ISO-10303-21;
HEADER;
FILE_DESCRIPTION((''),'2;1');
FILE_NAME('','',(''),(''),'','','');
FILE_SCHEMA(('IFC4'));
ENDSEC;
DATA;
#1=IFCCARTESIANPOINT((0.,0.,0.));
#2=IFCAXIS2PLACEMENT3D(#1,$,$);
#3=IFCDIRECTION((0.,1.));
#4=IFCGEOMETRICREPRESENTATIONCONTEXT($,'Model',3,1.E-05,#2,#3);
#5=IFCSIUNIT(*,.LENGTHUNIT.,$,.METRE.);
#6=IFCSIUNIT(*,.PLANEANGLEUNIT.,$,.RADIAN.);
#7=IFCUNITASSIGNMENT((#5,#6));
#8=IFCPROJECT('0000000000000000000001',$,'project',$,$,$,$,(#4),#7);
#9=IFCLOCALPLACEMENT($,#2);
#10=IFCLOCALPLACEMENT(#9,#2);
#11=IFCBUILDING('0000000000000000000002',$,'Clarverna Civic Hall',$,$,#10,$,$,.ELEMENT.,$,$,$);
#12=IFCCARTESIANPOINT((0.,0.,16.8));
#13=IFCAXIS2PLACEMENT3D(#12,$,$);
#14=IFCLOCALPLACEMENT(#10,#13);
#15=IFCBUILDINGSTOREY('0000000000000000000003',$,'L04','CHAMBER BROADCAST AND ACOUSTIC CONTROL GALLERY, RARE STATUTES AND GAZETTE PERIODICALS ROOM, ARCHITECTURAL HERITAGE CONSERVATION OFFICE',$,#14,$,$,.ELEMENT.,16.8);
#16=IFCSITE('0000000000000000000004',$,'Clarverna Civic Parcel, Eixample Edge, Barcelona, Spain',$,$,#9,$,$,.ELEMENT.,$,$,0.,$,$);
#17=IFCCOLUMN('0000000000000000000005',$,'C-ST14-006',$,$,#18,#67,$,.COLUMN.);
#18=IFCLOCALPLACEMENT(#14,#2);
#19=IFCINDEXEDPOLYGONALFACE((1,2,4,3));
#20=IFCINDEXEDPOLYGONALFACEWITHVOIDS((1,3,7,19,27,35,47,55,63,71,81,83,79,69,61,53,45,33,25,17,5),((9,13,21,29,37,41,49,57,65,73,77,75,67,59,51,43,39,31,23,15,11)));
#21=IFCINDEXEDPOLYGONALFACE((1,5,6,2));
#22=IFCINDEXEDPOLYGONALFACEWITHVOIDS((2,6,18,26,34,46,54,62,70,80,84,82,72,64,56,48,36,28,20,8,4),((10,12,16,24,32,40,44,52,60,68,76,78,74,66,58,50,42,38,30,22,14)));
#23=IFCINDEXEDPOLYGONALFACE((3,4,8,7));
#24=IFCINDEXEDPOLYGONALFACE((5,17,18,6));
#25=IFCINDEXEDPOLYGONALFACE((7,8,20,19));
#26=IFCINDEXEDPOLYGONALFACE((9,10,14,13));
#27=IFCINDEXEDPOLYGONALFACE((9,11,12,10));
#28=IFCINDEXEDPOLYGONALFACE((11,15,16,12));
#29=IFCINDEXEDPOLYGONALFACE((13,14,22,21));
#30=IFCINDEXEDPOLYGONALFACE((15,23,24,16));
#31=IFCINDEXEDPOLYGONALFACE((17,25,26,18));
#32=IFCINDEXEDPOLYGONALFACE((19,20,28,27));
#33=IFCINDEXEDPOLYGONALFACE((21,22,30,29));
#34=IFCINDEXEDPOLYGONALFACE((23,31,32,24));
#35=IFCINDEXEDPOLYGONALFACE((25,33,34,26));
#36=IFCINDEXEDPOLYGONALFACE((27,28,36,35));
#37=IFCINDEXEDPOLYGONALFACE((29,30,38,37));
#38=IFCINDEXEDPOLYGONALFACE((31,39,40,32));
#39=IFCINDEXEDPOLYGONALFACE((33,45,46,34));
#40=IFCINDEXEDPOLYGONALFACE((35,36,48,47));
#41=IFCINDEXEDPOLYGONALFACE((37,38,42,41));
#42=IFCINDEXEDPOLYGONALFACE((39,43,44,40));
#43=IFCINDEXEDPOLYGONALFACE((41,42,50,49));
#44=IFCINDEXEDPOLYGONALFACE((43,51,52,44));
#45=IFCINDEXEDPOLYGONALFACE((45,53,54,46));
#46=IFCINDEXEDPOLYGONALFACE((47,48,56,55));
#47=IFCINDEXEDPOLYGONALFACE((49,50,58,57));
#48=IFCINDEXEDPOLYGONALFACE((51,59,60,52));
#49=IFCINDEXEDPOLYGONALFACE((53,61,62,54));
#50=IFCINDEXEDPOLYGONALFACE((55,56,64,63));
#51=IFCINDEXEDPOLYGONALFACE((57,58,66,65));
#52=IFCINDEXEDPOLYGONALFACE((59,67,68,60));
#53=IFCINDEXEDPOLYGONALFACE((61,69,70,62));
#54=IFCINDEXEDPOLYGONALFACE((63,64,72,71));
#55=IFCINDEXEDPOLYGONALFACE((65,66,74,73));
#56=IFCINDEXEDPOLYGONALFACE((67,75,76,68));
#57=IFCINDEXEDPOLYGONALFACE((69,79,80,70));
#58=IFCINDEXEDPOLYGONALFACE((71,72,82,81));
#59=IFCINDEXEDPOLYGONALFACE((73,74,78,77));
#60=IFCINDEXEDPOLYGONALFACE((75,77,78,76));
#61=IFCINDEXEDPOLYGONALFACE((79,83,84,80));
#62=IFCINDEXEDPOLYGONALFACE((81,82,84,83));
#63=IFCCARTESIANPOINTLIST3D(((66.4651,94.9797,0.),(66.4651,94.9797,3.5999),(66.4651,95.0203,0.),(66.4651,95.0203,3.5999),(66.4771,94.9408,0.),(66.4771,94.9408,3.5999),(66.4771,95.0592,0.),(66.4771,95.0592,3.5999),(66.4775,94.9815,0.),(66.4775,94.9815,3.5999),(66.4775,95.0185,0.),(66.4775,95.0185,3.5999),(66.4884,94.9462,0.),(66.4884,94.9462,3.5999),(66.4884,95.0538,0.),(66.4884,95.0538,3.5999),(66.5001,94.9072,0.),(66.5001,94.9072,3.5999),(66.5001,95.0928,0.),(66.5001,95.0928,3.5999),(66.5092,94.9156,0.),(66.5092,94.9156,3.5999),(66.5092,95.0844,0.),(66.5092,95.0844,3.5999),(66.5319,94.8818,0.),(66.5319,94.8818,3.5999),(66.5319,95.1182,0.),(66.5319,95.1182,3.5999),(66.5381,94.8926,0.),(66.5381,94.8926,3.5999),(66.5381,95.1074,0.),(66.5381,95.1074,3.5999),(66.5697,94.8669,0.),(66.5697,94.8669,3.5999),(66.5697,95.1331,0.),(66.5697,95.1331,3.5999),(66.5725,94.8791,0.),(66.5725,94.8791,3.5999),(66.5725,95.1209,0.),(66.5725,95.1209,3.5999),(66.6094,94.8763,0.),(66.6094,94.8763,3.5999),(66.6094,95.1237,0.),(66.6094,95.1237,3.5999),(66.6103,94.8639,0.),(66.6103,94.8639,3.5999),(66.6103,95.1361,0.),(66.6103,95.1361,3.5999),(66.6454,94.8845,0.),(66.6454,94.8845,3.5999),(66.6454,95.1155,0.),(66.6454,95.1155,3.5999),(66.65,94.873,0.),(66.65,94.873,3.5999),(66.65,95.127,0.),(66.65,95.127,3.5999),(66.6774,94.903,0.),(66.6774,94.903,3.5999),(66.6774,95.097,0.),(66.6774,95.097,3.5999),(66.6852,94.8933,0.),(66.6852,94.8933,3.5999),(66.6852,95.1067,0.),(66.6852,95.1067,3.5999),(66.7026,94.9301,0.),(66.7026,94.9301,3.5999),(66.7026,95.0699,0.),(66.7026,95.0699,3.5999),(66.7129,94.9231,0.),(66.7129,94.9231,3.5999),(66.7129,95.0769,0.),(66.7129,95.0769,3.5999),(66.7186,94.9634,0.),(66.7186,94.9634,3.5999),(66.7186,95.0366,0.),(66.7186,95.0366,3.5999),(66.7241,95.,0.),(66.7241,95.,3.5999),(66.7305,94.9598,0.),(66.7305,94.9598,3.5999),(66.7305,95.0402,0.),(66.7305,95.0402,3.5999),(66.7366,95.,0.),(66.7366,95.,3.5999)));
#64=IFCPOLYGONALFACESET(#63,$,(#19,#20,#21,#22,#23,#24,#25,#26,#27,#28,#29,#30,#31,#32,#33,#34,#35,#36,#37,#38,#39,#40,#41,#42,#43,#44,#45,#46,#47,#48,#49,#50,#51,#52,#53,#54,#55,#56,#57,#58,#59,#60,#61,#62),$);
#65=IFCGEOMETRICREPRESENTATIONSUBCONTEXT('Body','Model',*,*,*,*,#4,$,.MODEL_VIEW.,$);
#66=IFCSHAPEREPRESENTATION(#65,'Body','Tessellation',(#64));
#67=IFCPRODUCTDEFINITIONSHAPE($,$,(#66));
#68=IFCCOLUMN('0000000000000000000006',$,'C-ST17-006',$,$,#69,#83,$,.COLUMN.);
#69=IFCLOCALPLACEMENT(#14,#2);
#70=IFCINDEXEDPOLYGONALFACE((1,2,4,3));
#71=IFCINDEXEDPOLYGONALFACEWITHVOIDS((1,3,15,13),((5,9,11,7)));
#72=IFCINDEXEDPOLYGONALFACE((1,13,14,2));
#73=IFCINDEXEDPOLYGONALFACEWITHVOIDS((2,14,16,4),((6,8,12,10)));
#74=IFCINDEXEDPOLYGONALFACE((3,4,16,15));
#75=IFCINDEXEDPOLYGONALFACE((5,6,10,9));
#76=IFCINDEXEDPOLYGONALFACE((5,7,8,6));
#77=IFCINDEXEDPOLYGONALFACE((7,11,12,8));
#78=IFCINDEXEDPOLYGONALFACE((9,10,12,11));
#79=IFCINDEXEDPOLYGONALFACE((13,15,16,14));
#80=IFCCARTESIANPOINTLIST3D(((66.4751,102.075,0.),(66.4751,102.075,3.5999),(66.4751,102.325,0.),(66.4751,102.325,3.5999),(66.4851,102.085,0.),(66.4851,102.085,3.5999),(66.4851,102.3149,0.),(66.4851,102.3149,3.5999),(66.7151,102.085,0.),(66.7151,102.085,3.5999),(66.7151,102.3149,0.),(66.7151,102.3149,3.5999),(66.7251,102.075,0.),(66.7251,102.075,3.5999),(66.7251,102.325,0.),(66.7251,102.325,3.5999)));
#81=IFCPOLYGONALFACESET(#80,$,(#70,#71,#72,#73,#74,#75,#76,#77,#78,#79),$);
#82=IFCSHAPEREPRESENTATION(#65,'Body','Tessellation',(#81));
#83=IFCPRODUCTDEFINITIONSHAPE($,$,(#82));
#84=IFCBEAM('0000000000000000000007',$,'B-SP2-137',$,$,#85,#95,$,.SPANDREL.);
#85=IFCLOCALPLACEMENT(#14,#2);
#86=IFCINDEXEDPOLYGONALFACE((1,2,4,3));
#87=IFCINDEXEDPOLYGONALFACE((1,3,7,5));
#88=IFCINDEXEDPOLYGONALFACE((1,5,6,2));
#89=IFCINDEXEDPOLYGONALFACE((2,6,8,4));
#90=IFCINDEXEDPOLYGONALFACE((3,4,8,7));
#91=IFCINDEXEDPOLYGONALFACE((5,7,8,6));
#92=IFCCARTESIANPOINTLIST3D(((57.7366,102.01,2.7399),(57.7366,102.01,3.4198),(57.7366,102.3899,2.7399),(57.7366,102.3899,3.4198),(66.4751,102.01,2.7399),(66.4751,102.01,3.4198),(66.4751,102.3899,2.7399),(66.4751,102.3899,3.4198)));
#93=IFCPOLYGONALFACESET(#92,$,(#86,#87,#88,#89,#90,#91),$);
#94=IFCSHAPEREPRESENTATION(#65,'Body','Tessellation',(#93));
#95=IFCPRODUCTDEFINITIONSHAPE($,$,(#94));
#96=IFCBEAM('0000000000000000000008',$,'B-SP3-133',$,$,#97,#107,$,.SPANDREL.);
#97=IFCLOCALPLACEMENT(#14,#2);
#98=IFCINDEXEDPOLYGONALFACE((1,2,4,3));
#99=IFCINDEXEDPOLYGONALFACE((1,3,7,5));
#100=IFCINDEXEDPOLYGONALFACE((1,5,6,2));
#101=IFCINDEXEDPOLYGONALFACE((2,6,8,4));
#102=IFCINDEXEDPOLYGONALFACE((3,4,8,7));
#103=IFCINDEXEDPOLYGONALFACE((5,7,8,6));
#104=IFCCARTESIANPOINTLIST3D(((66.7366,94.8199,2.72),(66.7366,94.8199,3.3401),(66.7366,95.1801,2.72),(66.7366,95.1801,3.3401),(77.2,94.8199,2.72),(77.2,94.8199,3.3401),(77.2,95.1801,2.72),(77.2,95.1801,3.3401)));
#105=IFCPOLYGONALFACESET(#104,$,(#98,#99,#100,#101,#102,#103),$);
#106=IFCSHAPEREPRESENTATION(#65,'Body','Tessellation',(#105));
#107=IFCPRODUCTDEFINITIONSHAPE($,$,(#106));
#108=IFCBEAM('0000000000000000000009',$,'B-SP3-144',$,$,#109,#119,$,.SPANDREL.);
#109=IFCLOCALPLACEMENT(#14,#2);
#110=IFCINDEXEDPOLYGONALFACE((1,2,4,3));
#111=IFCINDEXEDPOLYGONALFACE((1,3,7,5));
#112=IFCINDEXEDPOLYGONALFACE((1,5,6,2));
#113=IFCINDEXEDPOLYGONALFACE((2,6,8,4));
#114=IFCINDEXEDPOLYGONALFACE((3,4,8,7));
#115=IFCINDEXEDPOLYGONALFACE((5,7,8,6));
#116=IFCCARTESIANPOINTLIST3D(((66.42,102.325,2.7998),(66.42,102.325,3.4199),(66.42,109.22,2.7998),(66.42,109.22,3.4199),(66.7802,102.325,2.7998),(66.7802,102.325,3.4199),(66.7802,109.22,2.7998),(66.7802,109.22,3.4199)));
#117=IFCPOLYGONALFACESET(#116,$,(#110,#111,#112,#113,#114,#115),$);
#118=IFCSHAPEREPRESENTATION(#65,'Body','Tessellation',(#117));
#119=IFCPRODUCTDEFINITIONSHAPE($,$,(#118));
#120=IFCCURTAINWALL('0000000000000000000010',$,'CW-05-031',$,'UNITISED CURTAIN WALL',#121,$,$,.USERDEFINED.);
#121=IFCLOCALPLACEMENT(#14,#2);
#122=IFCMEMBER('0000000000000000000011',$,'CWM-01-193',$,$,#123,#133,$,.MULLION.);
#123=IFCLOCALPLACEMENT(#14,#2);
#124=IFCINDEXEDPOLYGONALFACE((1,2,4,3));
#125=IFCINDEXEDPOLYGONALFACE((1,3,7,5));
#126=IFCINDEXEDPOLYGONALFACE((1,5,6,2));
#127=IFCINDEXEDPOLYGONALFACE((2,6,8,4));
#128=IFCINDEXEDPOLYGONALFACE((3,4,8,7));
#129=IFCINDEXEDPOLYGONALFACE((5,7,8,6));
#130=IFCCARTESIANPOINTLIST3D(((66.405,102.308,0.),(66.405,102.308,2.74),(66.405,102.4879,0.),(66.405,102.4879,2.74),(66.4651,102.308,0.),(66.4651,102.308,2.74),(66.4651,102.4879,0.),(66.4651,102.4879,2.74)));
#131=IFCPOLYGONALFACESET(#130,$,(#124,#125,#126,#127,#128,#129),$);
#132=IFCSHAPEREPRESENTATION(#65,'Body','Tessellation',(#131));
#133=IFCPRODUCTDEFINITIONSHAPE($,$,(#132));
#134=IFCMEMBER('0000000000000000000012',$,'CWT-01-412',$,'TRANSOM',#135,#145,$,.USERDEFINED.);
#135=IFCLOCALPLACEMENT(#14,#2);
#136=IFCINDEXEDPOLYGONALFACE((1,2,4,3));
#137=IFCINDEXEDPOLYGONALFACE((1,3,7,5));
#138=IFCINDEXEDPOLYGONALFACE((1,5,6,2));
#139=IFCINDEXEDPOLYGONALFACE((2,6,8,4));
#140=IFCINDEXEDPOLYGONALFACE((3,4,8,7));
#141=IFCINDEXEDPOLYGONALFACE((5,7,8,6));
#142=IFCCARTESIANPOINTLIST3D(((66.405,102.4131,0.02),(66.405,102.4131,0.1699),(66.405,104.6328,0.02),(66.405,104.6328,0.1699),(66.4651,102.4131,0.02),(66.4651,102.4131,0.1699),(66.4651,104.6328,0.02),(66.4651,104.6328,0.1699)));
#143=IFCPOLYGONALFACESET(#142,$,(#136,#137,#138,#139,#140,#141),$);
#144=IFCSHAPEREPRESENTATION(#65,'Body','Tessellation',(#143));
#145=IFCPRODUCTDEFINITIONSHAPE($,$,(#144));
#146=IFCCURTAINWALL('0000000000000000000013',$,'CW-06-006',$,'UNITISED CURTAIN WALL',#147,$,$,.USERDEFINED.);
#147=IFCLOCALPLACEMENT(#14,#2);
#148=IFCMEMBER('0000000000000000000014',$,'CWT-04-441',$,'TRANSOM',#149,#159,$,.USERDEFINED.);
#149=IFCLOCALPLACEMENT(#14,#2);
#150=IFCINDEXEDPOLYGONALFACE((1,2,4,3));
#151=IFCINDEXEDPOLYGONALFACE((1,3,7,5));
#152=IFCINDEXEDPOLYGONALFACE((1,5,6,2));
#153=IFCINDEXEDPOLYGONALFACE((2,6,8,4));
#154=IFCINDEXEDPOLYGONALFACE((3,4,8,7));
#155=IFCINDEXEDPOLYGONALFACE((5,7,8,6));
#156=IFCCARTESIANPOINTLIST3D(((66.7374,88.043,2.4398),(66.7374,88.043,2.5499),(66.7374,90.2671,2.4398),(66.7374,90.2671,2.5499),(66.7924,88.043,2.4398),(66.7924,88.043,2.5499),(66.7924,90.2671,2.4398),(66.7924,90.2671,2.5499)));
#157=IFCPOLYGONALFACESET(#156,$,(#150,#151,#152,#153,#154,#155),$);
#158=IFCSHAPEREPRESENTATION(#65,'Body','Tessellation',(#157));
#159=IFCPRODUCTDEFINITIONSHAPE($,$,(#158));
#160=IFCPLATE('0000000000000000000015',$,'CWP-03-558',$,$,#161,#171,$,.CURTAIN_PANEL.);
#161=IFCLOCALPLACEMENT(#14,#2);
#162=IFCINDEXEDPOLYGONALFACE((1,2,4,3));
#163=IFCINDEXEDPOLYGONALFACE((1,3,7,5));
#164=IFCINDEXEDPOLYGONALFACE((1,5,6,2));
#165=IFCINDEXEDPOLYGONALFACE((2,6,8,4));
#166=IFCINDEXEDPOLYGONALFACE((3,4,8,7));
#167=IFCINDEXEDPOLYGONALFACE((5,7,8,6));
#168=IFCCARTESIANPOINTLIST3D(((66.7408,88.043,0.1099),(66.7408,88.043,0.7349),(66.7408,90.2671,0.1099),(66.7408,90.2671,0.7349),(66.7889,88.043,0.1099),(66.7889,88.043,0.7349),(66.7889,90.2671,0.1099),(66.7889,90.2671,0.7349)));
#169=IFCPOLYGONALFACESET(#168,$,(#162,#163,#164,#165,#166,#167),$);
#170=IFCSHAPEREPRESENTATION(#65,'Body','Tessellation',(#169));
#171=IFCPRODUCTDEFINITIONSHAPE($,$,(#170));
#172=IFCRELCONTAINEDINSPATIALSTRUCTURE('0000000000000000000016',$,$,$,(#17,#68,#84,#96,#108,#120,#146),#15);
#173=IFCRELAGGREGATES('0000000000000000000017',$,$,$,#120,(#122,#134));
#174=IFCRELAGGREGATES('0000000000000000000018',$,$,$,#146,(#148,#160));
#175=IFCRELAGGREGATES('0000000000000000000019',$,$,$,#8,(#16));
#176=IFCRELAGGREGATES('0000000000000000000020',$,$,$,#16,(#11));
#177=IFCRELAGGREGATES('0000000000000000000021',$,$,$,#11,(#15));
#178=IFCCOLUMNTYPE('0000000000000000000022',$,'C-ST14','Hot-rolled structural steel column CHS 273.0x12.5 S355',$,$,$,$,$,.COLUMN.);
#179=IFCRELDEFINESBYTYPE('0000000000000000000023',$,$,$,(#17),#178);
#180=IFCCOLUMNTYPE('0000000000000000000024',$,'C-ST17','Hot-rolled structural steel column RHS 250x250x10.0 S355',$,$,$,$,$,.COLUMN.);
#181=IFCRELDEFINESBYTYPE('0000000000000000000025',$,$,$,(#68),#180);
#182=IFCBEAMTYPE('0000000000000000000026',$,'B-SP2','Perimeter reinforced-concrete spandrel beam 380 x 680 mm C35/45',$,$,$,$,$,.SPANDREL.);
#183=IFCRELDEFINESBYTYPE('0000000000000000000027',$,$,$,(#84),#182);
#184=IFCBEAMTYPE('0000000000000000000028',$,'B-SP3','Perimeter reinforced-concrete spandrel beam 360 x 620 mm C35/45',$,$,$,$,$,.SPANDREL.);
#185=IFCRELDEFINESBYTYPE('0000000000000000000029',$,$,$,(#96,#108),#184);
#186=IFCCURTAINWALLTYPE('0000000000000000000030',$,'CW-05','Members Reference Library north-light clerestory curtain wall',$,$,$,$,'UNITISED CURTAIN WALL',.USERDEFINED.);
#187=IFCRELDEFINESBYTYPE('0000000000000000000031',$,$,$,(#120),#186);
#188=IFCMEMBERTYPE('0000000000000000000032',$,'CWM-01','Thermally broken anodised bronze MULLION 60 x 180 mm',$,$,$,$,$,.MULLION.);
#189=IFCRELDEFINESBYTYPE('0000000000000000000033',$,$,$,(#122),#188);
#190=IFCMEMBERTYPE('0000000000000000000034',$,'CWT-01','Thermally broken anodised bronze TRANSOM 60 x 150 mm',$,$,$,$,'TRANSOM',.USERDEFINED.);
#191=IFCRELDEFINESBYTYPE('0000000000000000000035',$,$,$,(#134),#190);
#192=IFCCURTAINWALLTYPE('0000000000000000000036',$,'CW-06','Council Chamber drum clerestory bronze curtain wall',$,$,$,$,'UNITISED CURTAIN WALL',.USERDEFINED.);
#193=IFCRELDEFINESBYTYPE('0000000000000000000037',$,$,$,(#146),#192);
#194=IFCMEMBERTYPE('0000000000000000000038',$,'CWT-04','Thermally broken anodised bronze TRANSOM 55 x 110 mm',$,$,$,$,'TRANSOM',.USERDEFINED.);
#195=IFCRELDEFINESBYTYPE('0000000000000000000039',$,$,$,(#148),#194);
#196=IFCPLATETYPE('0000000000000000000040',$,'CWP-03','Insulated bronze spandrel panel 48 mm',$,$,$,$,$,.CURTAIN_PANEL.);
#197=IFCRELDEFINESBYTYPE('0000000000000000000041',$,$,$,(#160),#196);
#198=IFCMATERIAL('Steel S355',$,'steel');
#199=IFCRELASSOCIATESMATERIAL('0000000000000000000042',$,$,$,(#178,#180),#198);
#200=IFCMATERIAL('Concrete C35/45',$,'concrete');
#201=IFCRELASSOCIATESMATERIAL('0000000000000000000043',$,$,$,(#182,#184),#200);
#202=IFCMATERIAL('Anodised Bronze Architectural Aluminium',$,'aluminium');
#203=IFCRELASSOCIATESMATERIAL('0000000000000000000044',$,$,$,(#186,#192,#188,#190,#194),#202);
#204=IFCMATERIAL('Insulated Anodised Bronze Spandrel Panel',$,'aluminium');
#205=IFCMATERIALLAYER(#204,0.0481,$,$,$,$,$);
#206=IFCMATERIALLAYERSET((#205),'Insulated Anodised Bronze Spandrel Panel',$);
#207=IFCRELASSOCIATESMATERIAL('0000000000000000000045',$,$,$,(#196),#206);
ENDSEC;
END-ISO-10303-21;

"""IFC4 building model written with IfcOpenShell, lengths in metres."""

from ifc_helpers import new_model, si_unit, direction, frame, frame_2d, origin, origin_2d, place, context, subcontext, project, spatial, rectangle, hollow_rectangle, hollow_circle, extrude, material, layer, layer_set, material_profile, profile_set, type_object, element, aggregate, save


model = new_model("IFC4")

# Units and contexts
model_context = context("Model", 3, precision=1e-05, world=origin(), true_north=direction((0.0, 1.0)))
body_context = subcontext(model_context, "Body", "Model", "MODEL_VIEW")
ifc_project = project(units=[si_unit("LENGTHUNIT", "METRE"), si_unit("PLANEANGLEUNIT", "RADIAN")], contexts=[model_context])

# Site, building, storey
site_placement = place(None, origin())
site = spatial("IfcSite", under=ifc_project, at=site_placement, Name="Clarverna Civic Parcel, Eixample Edge, Barcelona, Spain", CompositionType="ELEMENT", RefElevation=0.0)
building_placement = place(site_placement, origin())
building = spatial("IfcBuilding", under=site, at=building_placement, Name="Clarverna Civic Hall", CompositionType="ELEMENT")
storey_placement = place(building_placement, frame((0.0, 0.0, 16.8)))
storey = spatial("IfcBuildingStorey", under=building, at=storey_placement, Name="L04", Description="CHAMBER BROADCAST AND ACOUSTIC CONTROL GALLERY, RARE STATUTES AND GAZETTE PERIODICALS ROOM, ARCHITECTURAL HERITAGE CONSERVATION OFFICE", CompositionType="ELEMENT", Elevation=16.8)

# Columns
ifc_material_1 = material(Name="Steel S355", Category="steel")
ifc_material_profile_1 = material_profile(ifc_material_1, hollow_circle(Radius=0.1365, WallThickness=0.0125, at=origin_2d()), Name="CHS 273.0x12.5")
ifc_profile_set_1 = profile_set([ifc_material_profile_1], Name="Steel S355")
column_type_1 = type_object("IfcColumnType", Name="C-ST14", Description="Hot-rolled structural steel column CHS 273.0x12.5 S355", PredefinedType="COLUMN", material=ifc_profile_set_1)
column_1_placement = place(storey_placement, frame((66.6001, 95.0, 0.0), z_axis=(0.0, 0.0, 1.0), x_axis=(1.0, 0.0, 0.0)))
element("IfcColumn", 1, at=column_1_placement, inside=storey, type_object=column_type_1, Name="C-ST14-006", PredefinedType="COLUMN", context=body_context, shape_type="SweptSolid", body=[
    extrude(hollow_circle(Radius=0.1365, WallThickness=0.0125, at=origin_2d()), origin(), (0.0, 0.0, 1.0), 3.5999),
])
ifc_material_profile_2 = material_profile(ifc_material_1, hollow_rectangle(XDim=0.25, YDim=0.25, WallThickness=0.01, at=origin_2d()), Name="RHS 250x250x10.0")
ifc_profile_set_2 = profile_set([ifc_material_profile_2], Name="Steel S355")
column_type_2 = type_object("IfcColumnType", Name="C-ST17", Description="Hot-rolled structural steel column RHS 250x250x10.0 S355", PredefinedType="COLUMN", material=ifc_profile_set_2)
column_2_placement = place(storey_placement, frame((66.6001, 102.2, 0.0), z_axis=(0.0, 0.0, 1.0), x_axis=(1.0, 0.0, 0.0)))
element("IfcColumn", 2, at=column_2_placement, inside=storey, type_object=column_type_2, Name="C-ST17-006", PredefinedType="COLUMN", context=body_context, shape_type="SweptSolid", body=[
    extrude(hollow_rectangle(XDim=0.25, YDim=0.25, WallThickness=0.01, at=origin_2d()), origin(), (0.0, 0.0, 1.0), 3.5999),
])

# Beams
ifc_material_2 = material(Name="Concrete C35/45", Category="concrete")
ifc_material_profile_3 = material_profile(ifc_material_2, rectangle(XDim=0.3799, YDim=0.6799, at=origin_2d()), Name="RC 380x680")
ifc_profile_set_3 = profile_set([ifc_material_profile_3], Name="Concrete C35/45")
beam_type_1 = type_object("IfcBeamType", Name="B-SP2", Description="Perimeter reinforced-concrete spandrel beam 380 x 680 mm C35/45", PredefinedType="SPANDREL", material=ifc_profile_set_3)
beam_1_placement = place(storey_placement, frame((57.7366, 102.2, 3.0798), z_axis=(1.0, 0.0, 0.0), x_axis=(0.0, 1.0, 0.0)))
element("IfcBeam", 3, at=beam_1_placement, inside=storey, type_object=beam_type_1, Name="B-SP2-137", PredefinedType="SPANDREL", context=body_context, shape_type="SweptSolid", body=[
    extrude(rectangle(XDim=0.3799, YDim=0.6799, at=origin_2d()), origin(), (0.0, 0.0, 1.0), 8.7385),
])
ifc_material_profile_4 = material_profile(ifc_material_2, rectangle(XDim=0.3601, YDim=0.6201, at=origin_2d()), Name="RC 360x620")
ifc_profile_set_4 = profile_set([ifc_material_profile_4], Name="Concrete C35/45")
beam_type_2 = type_object("IfcBeamType", Name="B-SP3", Description="Perimeter reinforced-concrete spandrel beam 360 x 620 mm C35/45", PredefinedType="SPANDREL", material=ifc_profile_set_4)
beam_2_placement = place(storey_placement, frame((66.7366, 95.0, 3.03), z_axis=(1.0, 0.0, 0.0), x_axis=(0.0, 1.0, 0.0)))
element("IfcBeam", 4, at=beam_2_placement, inside=storey, type_object=beam_type_2, Name="B-SP3-133", PredefinedType="SPANDREL", context=body_context, shape_type="SweptSolid", body=[
    extrude(rectangle(XDim=0.3601, YDim=0.6201, at=origin_2d()), origin(), (0.0, 0.0, 1.0), 10.4634),
])
beam_3_placement = place(storey_placement, frame((66.6001, 102.325, 3.1099), z_axis=(0.0, 1.0, 0.0), x_axis=(-1.0, 0.0, 0.0)))
element("IfcBeam", 5, at=beam_3_placement, inside=storey, type_object=beam_type_2, Name="B-SP3-144", PredefinedType="SPANDREL", context=body_context, shape_type="SweptSolid", body=[
    extrude(rectangle(XDim=0.3601, YDim=0.6201, at=origin_2d()), origin(), (0.0, 0.0, 1.0), 6.895),
])

# Curtain wall, members
ifc_material_3 = material(Name="Anodised Bronze Architectural Aluminium", Category="aluminium")
curtain_wall_type_1 = type_object("IfcCurtainWallType", Name="CW-05", Description="Members Reference Library north-light clerestory curtain wall", ElementType="UNITISED CURTAIN WALL", PredefinedType="USERDEFINED", material=ifc_material_3)
curtain_wall_1_placement = place(storey_placement, origin())
curtain_wall_1 = element("IfcCurtainWall", 6, at=curtain_wall_1_placement, inside=storey, type_object=curtain_wall_type_1, Name="CW-05-031", ObjectType="UNITISED CURTAIN WALL", PredefinedType="USERDEFINED")
ifc_material_profile_5 = material_profile(ifc_material_3, rectangle(XDim=0.0601, YDim=0.1799, at=origin_2d()), Name="BRONZE 60x180")
ifc_profile_set_5 = profile_set([ifc_material_profile_5], Name="Anodised Bronze Architectural Aluminium")
member_type_1 = type_object("IfcMemberType", Name="CWM-01", Description="Thermally broken anodised bronze MULLION 60 x 180 mm", PredefinedType="MULLION", material=ifc_profile_set_5)
member_1_placement = place(storey_placement, frame((66.4351, 102.3979, 0.0), z_axis=(0.0, 0.0, 1.0), x_axis=(1.0, 0.0, 0.0)))
member_1 = element("IfcMember", 7, at=member_1_placement, type_object=member_type_1, Name="CWM-01-193", PredefinedType="MULLION", context=body_context, shape_type="SweptSolid", body=[
    extrude(rectangle(XDim=0.0601, YDim=0.1799, at=origin_2d()), origin(), (0.0, 0.0, 1.0), 2.74),
])
ifc_material_profile_6 = material_profile(ifc_material_3, rectangle(XDim=0.0601, YDim=0.1499, at=origin_2d()), Name="BRONZE 60x150")
ifc_profile_set_6 = profile_set([ifc_material_profile_6], Name="Anodised Bronze Architectural Aluminium")
member_type_2 = type_object("IfcMemberType", Name="CWT-01", Description="Thermally broken anodised bronze TRANSOM 60 x 150 mm", ElementType="TRANSOM", PredefinedType="USERDEFINED", material=ifc_profile_set_6)
member_2_placement = place(storey_placement, frame((66.4351, 104.6328, 0.095), z_axis=(0.0, -1.0, 0.0), x_axis=(1.0, 0.0, 0.0)))
member_2 = element("IfcMember", 8, at=member_2_placement, type_object=member_type_2, Name="CWT-01-412", ObjectType="TRANSOM", PredefinedType="USERDEFINED", context=body_context, shape_type="SweptSolid", body=[
    extrude(rectangle(XDim=0.0601, YDim=0.1499, at=origin_2d()), origin(), (0.0, 0.0, 1.0), 2.2197),
])
aggregate(curtain_wall_1, [member_1, member_2])

# Curtain wall, member, plate
curtain_wall_type_2 = type_object("IfcCurtainWallType", Name="CW-06", Description="Council Chamber drum clerestory bronze curtain wall", ElementType="UNITISED CURTAIN WALL", PredefinedType="USERDEFINED", material=ifc_material_3)
curtain_wall_2_placement = place(storey_placement, origin())
curtain_wall_2 = element("IfcCurtainWall", 9, at=curtain_wall_2_placement, inside=storey, type_object=curtain_wall_type_2, Name="CW-06-006", ObjectType="UNITISED CURTAIN WALL", PredefinedType="USERDEFINED")
ifc_material_profile_7 = material_profile(ifc_material_3, rectangle(XDim=0.0549, YDim=0.1101, at=origin_2d()), Name="BRONZE 55x110")
ifc_profile_set_7 = profile_set([ifc_material_profile_7], Name="Anodised Bronze Architectural Aluminium")
member_type_3 = type_object("IfcMemberType", Name="CWT-04", Description="Thermally broken anodised bronze TRANSOM 55 x 110 mm", ElementType="TRANSOM", PredefinedType="USERDEFINED", material=ifc_profile_set_7)
member_3_placement = place(storey_placement, frame((66.7649, 88.043, 2.4949), z_axis=(0.0, 1.0, 0.0), x_axis=(-1.0, 0.0, 0.0)))
member_3 = element("IfcMember", 10, at=member_3_placement, type_object=member_type_3, Name="CWT-04-441", ObjectType="TRANSOM", PredefinedType="USERDEFINED", context=body_context, shape_type="SweptSolid", body=[
    extrude(rectangle(XDim=0.0549, YDim=0.1101, at=origin_2d()), origin(), (0.0, 0.0, 1.0), 2.2241),
])
ifc_material_4 = material(Name="Insulated Anodised Bronze Spandrel Panel", Category="aluminium")
ifc_layer_1 = layer(ifc_material_4, 0.0481)
ifc_layer_set_1 = layer_set([ifc_layer_1], Name="Insulated Anodised Bronze Spandrel Panel")
plate_type_1 = type_object("IfcPlateType", Name="CWP-03", Description="Insulated bronze spandrel panel 48 mm", PredefinedType="CURTAIN_PANEL", material=ifc_layer_set_1)
plate_placement = place(storey_placement, frame((66.7649, 88.043, 0.1099), z_axis=(0.0, 0.0, 1.0), x_axis=(0.0, 1.0, 0.0)))
plate = element("IfcPlate", 11, at=plate_placement, type_object=plate_type_1, Name="CWP-03-558", PredefinedType="CURTAIN_PANEL", context=body_context, shape_type="SweptSolid", body=[
    extrude(rectangle(XDim=2.2241, YDim=0.0481, at=frame_2d((1.1121, 0.0))), origin(), (0.0, 0.0, 1.0), 0.625),
])
aggregate(curtain_wall_2, [member_3, plate])

save(model, "model.ifc")
